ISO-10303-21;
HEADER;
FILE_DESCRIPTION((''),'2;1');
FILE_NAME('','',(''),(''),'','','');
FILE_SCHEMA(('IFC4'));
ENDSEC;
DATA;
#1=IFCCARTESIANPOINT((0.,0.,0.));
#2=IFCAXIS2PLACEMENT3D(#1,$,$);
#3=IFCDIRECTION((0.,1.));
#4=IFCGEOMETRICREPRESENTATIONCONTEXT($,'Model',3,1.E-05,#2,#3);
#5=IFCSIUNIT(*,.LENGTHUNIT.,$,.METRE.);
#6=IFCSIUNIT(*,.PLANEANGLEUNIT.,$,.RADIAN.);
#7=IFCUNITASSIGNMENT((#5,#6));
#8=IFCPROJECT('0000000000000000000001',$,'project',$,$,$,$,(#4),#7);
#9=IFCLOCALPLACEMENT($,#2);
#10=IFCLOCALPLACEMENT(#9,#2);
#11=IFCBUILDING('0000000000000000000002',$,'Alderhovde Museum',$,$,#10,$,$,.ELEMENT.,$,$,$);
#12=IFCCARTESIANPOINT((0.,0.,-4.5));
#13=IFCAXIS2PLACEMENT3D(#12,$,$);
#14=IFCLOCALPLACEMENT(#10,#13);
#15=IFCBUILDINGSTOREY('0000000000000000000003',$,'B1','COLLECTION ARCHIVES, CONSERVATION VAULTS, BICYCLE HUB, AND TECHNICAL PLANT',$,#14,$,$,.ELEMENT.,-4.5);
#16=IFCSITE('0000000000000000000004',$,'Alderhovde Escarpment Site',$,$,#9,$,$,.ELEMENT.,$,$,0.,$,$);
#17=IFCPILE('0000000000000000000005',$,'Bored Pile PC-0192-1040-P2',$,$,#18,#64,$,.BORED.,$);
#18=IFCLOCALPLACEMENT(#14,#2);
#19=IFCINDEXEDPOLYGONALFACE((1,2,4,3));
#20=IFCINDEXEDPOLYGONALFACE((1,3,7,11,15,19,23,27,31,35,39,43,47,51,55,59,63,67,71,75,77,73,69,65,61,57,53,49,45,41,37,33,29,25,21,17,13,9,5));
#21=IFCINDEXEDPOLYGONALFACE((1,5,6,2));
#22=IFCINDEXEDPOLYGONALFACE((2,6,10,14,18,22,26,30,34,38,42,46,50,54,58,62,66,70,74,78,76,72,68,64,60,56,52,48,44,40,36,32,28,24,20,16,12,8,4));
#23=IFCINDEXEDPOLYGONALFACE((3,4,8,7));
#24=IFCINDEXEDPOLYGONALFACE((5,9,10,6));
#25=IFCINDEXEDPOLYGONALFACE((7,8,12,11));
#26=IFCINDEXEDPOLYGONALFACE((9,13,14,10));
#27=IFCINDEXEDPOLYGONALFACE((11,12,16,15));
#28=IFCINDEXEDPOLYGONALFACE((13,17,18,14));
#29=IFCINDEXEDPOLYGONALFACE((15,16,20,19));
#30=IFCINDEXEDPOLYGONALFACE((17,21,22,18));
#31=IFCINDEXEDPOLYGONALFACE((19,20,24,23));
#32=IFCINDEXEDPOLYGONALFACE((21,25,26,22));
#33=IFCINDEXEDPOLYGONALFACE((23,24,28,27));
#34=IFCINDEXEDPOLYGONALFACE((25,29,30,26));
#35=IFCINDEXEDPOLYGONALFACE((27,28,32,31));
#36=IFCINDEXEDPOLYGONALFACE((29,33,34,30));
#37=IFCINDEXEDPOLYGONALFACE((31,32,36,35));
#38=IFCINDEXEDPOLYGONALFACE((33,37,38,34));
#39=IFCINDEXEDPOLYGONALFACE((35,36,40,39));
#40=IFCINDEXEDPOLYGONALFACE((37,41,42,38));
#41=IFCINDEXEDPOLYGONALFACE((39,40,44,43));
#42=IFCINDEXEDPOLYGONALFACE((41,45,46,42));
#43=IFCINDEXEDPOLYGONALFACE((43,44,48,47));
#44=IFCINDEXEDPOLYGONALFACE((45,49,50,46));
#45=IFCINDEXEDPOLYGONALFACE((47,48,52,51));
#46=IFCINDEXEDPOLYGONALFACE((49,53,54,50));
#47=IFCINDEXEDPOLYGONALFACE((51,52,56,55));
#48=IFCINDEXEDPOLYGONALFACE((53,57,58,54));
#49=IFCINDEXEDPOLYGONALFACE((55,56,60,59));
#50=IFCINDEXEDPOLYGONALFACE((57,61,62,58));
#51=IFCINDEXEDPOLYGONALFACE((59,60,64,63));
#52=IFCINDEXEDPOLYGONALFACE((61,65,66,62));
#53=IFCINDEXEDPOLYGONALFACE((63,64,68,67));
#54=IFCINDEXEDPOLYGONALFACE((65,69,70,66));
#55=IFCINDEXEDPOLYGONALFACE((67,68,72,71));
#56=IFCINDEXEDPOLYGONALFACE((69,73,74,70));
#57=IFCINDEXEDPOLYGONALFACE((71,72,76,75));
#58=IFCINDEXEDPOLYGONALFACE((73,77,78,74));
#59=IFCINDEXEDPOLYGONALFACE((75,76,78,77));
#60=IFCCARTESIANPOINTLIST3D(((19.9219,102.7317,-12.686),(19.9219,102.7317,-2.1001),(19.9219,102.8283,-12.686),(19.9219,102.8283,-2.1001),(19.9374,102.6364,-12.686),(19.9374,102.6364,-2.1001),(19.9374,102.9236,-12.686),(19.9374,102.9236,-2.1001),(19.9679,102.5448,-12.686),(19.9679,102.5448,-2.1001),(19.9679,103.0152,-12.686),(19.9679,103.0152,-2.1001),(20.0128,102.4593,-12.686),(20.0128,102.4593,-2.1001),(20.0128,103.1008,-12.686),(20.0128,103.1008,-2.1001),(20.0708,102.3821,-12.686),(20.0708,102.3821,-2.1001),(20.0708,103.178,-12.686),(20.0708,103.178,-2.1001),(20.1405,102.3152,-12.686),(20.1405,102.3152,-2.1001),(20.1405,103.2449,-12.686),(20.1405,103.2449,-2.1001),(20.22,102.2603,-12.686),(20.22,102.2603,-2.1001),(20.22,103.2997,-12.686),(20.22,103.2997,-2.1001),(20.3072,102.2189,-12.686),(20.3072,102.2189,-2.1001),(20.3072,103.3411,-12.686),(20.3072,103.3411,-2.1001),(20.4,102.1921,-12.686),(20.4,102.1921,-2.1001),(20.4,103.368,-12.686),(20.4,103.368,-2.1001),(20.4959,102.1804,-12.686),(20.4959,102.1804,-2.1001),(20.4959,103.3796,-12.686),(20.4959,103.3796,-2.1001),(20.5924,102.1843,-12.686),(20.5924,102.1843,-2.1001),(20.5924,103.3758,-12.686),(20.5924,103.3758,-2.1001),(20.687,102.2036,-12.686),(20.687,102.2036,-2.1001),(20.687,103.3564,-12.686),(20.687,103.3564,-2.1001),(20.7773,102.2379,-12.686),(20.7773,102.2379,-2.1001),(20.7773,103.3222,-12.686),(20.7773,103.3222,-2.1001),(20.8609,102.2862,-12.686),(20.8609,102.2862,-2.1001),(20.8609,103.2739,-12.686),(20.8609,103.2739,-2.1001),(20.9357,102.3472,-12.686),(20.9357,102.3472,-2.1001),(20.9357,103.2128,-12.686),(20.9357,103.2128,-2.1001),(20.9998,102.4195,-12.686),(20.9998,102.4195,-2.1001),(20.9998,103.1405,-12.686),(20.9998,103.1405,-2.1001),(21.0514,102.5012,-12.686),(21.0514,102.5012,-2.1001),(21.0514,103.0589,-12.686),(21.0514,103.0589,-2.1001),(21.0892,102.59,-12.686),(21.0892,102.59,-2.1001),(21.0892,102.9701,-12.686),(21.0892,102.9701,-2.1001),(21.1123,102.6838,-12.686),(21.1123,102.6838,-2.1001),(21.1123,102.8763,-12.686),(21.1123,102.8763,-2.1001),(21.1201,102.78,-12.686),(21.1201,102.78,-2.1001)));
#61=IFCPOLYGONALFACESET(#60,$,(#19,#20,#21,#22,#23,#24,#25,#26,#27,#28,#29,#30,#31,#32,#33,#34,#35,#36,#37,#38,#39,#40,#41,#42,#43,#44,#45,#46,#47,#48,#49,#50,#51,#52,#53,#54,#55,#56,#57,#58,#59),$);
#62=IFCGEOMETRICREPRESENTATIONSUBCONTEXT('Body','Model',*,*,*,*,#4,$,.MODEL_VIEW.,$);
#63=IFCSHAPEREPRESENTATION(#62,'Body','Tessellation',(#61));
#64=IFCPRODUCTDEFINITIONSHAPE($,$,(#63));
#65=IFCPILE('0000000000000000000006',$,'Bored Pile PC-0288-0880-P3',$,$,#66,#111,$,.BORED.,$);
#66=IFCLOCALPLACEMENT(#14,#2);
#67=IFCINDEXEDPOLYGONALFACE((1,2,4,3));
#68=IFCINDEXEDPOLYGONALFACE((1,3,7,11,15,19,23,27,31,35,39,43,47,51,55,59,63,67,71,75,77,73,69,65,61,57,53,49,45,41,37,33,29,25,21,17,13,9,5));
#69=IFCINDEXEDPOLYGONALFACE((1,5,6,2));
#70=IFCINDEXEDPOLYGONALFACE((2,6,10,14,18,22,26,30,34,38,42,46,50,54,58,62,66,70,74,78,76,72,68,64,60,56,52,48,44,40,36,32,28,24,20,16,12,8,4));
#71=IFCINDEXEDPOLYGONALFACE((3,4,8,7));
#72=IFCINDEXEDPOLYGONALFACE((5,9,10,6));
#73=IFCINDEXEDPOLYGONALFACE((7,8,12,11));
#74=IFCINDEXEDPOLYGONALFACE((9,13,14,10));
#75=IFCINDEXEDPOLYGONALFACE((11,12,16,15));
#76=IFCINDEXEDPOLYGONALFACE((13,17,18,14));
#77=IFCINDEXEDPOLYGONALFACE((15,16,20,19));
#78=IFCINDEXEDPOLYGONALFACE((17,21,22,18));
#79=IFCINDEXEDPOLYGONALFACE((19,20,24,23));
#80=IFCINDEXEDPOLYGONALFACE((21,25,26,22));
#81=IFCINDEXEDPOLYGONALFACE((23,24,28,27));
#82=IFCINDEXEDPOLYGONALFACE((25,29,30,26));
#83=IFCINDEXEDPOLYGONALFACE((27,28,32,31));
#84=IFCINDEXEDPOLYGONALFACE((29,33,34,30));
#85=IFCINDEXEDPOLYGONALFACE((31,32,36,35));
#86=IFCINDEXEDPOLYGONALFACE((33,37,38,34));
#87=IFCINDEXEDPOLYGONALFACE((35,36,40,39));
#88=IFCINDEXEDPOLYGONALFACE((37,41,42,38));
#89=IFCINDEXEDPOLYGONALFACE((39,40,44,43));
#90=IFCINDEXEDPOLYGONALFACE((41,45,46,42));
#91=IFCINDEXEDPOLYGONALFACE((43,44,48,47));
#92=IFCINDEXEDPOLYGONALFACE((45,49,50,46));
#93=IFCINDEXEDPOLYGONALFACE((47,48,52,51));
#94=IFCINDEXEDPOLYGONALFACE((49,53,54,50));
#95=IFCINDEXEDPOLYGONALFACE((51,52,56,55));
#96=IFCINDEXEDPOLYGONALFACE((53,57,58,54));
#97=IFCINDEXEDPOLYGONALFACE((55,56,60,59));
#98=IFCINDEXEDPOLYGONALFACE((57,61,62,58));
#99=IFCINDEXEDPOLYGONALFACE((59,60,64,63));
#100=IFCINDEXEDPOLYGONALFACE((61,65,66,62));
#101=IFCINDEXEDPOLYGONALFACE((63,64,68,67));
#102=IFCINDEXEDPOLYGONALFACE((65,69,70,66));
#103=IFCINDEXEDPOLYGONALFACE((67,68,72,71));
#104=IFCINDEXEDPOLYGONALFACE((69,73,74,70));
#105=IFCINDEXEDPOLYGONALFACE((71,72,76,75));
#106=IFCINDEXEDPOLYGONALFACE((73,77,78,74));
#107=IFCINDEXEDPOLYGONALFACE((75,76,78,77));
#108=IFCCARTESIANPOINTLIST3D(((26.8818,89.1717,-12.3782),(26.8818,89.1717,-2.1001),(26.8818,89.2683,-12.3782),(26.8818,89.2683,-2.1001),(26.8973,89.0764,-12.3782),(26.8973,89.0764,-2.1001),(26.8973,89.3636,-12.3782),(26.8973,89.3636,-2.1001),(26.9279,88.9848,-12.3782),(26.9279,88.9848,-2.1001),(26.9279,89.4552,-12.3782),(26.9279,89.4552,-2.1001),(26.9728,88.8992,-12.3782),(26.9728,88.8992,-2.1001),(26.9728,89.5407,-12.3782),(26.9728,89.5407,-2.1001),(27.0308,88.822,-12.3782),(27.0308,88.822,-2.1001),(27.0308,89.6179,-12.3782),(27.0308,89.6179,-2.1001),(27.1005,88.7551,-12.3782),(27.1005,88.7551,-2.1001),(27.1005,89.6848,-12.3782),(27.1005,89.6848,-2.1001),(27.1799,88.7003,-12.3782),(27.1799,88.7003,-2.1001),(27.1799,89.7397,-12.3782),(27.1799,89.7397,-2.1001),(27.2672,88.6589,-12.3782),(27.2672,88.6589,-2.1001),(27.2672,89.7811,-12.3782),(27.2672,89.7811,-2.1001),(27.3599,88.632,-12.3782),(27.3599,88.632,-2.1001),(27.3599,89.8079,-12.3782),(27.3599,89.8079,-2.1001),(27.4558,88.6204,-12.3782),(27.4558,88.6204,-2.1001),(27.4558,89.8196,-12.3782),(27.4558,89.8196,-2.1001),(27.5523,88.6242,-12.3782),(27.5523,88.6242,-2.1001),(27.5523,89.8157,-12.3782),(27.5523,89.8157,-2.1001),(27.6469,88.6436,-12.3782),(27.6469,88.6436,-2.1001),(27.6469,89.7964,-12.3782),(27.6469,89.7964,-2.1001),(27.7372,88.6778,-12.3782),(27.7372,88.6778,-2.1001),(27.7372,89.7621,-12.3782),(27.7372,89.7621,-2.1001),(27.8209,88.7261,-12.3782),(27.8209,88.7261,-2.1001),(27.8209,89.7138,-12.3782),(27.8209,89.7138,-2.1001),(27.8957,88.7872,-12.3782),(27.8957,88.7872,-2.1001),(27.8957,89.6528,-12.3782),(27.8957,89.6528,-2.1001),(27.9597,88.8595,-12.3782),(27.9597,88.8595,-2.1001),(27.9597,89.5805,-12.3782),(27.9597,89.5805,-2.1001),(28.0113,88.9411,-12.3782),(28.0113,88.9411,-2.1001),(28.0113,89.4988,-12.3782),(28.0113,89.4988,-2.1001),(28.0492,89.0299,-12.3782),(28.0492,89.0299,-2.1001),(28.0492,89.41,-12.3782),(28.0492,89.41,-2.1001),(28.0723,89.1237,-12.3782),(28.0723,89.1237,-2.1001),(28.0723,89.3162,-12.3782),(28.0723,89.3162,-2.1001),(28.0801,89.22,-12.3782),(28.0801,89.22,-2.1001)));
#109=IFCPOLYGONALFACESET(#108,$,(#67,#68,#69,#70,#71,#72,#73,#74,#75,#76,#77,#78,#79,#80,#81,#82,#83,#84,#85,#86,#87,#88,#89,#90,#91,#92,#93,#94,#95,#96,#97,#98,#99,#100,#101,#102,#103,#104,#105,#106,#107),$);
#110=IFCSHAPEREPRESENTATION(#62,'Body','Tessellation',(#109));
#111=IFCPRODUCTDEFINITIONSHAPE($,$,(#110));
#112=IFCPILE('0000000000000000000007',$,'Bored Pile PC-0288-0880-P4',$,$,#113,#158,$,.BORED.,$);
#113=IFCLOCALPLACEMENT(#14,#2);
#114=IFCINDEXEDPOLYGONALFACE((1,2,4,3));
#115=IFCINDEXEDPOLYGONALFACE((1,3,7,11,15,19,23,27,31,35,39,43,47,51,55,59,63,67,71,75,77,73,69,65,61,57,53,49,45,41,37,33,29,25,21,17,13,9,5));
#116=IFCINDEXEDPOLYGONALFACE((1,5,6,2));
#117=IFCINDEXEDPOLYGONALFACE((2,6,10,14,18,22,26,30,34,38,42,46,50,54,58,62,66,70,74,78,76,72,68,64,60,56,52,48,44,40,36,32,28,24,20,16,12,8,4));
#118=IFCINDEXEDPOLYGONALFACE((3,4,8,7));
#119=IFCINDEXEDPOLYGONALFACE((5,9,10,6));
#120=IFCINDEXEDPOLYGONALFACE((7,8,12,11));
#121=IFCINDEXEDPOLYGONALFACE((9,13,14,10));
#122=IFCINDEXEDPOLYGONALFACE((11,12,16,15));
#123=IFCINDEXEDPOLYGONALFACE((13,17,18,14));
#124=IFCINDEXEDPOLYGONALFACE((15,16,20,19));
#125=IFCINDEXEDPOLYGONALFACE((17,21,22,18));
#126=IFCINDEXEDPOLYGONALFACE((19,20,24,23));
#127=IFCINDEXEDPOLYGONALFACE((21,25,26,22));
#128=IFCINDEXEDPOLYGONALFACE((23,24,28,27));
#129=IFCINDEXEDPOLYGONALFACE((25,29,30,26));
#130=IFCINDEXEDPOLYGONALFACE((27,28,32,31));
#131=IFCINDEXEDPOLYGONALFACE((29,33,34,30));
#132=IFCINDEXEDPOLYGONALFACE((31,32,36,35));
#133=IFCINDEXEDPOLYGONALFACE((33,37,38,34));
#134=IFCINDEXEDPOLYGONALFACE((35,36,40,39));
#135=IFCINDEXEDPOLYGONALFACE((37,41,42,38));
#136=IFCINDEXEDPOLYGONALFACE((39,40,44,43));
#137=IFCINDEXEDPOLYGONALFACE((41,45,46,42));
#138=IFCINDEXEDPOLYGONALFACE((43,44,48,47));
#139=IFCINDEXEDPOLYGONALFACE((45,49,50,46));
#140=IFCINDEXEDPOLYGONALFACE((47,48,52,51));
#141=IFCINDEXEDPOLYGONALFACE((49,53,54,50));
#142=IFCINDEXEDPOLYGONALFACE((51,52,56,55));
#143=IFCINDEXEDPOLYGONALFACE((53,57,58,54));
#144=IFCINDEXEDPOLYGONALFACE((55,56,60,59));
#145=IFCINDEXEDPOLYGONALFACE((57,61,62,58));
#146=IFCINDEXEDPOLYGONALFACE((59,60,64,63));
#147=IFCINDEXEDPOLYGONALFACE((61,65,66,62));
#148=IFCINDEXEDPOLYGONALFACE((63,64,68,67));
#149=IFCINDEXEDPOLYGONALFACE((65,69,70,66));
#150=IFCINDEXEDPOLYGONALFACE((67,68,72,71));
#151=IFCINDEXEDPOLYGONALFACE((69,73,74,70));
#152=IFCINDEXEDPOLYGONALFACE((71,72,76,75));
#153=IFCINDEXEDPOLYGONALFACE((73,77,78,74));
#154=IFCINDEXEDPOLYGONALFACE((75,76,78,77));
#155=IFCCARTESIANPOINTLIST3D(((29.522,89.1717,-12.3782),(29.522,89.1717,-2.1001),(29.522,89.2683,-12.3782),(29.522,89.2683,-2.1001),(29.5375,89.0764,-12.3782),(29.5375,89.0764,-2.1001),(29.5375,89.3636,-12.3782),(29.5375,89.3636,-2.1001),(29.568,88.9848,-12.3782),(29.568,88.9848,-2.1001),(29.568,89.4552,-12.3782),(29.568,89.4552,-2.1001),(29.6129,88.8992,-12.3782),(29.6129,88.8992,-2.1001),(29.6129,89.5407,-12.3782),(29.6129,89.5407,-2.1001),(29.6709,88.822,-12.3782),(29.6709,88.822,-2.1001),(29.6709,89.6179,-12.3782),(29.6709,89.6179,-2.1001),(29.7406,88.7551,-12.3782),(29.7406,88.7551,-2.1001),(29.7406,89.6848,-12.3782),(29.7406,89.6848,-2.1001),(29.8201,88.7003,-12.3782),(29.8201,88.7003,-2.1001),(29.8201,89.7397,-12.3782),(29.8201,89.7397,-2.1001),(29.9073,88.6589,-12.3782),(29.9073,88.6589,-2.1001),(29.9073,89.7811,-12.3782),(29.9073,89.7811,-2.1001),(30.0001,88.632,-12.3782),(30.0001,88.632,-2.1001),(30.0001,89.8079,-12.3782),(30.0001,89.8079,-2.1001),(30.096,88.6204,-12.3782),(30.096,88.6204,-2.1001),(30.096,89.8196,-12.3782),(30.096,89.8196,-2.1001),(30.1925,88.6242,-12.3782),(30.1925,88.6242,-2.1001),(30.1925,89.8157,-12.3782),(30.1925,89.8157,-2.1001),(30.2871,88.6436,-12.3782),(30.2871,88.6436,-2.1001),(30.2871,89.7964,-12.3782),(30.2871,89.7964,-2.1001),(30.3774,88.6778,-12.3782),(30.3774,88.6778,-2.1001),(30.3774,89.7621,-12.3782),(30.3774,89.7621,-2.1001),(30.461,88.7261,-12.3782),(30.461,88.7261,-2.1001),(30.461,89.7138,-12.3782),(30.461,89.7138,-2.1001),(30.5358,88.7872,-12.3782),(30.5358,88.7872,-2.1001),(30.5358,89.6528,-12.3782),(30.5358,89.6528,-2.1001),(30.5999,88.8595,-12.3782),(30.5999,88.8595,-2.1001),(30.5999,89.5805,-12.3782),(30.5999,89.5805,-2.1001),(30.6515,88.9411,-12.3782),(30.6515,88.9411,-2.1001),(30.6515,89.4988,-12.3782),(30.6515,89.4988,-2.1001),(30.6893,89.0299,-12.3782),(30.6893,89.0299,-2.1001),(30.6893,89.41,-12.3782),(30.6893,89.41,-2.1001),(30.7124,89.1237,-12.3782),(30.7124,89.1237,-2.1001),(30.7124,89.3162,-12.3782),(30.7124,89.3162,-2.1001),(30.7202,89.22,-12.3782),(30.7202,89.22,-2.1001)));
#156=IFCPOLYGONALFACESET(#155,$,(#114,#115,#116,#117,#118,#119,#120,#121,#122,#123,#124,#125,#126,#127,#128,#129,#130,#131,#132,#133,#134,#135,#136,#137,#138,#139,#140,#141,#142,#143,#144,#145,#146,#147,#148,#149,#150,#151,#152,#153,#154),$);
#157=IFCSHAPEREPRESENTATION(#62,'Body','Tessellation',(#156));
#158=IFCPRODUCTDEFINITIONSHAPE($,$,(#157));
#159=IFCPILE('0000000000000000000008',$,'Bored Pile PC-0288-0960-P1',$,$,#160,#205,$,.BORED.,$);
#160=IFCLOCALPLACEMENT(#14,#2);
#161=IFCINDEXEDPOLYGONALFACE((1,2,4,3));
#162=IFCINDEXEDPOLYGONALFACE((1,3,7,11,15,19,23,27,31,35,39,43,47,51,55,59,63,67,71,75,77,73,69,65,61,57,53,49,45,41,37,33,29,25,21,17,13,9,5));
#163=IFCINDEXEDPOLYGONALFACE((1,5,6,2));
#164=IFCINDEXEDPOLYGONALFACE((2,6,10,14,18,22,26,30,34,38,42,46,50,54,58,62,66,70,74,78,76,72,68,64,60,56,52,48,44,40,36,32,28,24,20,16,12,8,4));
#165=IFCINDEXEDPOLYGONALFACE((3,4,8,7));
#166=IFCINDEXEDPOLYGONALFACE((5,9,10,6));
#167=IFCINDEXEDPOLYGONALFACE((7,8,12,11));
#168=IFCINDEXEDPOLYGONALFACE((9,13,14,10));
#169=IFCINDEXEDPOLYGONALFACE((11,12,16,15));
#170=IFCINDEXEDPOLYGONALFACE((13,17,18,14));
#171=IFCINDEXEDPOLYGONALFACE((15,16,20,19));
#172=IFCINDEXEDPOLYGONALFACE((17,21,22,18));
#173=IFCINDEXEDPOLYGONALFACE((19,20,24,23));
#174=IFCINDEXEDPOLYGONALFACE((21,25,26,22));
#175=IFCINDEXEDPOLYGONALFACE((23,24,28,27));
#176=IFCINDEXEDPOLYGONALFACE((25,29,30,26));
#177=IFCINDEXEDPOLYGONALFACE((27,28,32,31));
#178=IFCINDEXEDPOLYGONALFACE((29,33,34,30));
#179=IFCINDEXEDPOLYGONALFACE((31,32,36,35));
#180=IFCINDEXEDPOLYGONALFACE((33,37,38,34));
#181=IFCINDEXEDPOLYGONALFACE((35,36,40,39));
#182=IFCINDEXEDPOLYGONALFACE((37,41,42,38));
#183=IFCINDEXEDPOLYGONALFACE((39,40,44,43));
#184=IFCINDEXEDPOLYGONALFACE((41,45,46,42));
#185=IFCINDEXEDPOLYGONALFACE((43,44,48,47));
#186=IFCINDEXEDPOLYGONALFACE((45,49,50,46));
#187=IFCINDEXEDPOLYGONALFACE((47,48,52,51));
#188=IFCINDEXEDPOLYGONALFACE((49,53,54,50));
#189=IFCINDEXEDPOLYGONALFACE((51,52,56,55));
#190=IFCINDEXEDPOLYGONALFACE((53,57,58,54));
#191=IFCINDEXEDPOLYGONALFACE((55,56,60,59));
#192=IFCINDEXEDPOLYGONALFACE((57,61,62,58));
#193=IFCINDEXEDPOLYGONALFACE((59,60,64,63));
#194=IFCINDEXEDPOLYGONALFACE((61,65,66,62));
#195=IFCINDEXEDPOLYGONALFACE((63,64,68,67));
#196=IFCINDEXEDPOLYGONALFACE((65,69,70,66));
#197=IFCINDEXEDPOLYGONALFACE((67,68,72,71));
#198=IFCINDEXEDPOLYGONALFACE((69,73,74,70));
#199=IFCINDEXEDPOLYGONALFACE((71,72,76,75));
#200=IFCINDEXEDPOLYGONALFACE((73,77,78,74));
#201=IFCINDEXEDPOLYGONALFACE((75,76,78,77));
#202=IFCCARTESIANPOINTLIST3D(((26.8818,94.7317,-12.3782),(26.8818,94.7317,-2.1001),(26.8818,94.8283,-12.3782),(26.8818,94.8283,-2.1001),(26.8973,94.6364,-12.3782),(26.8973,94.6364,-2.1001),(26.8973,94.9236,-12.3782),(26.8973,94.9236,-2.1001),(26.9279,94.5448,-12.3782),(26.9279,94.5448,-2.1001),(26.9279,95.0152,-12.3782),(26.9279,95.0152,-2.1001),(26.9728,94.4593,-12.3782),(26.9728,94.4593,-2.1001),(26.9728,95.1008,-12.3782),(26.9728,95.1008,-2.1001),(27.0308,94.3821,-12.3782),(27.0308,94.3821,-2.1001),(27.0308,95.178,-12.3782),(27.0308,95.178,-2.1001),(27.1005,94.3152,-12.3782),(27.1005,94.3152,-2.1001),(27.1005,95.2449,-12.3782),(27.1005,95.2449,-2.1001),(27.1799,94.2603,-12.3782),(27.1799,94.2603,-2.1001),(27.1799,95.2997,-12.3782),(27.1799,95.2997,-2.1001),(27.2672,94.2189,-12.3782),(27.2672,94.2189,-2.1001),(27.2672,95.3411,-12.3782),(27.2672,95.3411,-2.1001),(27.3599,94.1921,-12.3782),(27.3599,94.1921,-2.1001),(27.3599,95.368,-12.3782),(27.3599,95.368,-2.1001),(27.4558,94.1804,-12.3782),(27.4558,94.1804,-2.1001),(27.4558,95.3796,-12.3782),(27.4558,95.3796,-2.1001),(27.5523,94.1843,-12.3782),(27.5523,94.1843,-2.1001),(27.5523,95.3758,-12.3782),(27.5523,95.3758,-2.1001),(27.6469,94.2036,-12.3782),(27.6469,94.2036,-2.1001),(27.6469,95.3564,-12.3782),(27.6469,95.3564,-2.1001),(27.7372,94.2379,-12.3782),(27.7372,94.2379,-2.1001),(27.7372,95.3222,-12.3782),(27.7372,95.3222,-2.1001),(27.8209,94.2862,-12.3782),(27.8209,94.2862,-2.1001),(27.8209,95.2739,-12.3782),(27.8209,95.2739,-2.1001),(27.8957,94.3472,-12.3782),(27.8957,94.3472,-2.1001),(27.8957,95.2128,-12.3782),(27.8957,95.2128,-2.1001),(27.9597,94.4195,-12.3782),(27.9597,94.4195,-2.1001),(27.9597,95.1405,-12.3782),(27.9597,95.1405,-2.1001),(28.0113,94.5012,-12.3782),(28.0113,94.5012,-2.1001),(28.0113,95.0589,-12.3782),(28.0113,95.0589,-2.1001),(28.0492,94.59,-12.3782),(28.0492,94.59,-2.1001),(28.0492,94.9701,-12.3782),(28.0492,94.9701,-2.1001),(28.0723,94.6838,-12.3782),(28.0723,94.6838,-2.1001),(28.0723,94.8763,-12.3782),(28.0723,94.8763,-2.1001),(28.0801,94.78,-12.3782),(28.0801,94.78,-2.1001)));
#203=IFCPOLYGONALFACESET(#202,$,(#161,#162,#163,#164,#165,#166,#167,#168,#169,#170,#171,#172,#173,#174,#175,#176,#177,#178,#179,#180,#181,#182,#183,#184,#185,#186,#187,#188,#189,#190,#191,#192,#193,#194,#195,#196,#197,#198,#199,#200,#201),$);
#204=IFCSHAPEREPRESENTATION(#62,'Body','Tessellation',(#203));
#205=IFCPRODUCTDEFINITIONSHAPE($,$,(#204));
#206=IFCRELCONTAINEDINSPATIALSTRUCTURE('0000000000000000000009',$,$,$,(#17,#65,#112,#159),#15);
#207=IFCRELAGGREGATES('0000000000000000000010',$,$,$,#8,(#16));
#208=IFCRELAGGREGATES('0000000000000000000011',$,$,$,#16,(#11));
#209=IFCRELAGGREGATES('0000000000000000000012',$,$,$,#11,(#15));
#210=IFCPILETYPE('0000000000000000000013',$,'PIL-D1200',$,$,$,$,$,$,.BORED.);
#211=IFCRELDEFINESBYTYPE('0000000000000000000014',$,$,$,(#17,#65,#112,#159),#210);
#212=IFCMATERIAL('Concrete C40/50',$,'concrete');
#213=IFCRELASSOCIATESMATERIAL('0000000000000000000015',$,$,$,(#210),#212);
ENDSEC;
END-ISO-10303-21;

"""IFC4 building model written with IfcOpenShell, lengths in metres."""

from ifc_helpers import new_model, si_unit, direction, frame, origin, origin_2d, place, context, subcontext, project, spatial, circle, extrude, material, material_profile, profile_set, type_object, element, save


model = new_model("IFC4")

# Units and contexts
model_context = context("Model", 3, precision=1e-05, world=origin(), true_north=direction((0.0, 1.0)))
body_context = subcontext(model_context, "Body", "Model", "MODEL_VIEW")
ifc_project = project(units=[si_unit("LENGTHUNIT", "METRE"), si_unit("PLANEANGLEUNIT", "RADIAN")], contexts=[model_context])

# Site, building, storey
site_placement = place(None, origin())
site = spatial("IfcSite", under=ifc_project, at=site_placement, Name="Alderhovde Escarpment Site", CompositionType="ELEMENT", RefElevation=0.0)
building_placement = place(site_placement, origin())
building = spatial("IfcBuilding", under=site, at=building_placement, Name="Alderhovde Museum", CompositionType="ELEMENT")
storey_placement = place(building_placement, frame((0.0, 0.0, -4.5)))
storey = spatial("IfcBuildingStorey", under=building, at=storey_placement, Name="B1", Description="COLLECTION ARCHIVES, CONSERVATION VAULTS, BICYCLE HUB, AND TECHNICAL PLANT", CompositionType="ELEMENT", Elevation=-4.5)

# Piles
ifc_material_1 = material(Name="Concrete C40/50", Category="concrete")
ifc_material_profile_1 = material_profile(ifc_material_1, circle(Radius=0.6001, at=origin_2d()), Name="PILE-D1200")
ifc_profile_set_1 = profile_set([ifc_material_profile_1], Name="Concrete C40/50")
pile_type = type_object("IfcPileType", Name="PIL-D1200", PredefinedType="BORED", material=ifc_profile_set_1)
for number, where, z_axis, x_axis, name in (
    (1, (20.52, 102.78, -2.1001), (0.0, 0.0, -1.0), (1.0, 0.0, 0.0), "Bored Pile PC-0192-1040-P2"),
):
    element("IfcPile", number, at=place(storey_placement, frame(where, z_axis=z_axis, x_axis=x_axis)), inside=storey, type_object=pile_type, Name=name, PredefinedType="BORED", context=body_context, shape_type="SweptSolid", body=[
        extrude(circle(Radius=0.6001, at=origin_2d()), origin(), (0.0, 0.0, 1.0), 10.5859),
    ])
for number, where, z_axis, x_axis, name in (
    (2, (27.48, 89.22, -2.1001), (0.0, 0.0, -1.0), (1.0, 0.0, 0.0), "Bored Pile PC-0288-0880-P3"),
    (3, (30.1201, 89.22, -2.1001), (0.0, 0.0, -1.0), (1.0, 0.0, 0.0), "Bored Pile PC-0288-0880-P4"),
    (4, (27.48, 94.78, -2.1001), (0.0, 0.0, -1.0), (1.0, 0.0, 0.0), "Bored Pile PC-0288-0960-P1"),
):
    element("IfcPile", number, at=place(storey_placement, frame(where, z_axis=z_axis, x_axis=x_axis)), inside=storey, type_object=pile_type, Name=name, PredefinedType="BORED", context=body_context, shape_type="SweptSolid", body=[
        extrude(circle(Radius=0.6001, at=origin_2d()), origin(), (0.0, 0.0, 1.0), 10.2781),
    ])

save(model, "model.ifc")
